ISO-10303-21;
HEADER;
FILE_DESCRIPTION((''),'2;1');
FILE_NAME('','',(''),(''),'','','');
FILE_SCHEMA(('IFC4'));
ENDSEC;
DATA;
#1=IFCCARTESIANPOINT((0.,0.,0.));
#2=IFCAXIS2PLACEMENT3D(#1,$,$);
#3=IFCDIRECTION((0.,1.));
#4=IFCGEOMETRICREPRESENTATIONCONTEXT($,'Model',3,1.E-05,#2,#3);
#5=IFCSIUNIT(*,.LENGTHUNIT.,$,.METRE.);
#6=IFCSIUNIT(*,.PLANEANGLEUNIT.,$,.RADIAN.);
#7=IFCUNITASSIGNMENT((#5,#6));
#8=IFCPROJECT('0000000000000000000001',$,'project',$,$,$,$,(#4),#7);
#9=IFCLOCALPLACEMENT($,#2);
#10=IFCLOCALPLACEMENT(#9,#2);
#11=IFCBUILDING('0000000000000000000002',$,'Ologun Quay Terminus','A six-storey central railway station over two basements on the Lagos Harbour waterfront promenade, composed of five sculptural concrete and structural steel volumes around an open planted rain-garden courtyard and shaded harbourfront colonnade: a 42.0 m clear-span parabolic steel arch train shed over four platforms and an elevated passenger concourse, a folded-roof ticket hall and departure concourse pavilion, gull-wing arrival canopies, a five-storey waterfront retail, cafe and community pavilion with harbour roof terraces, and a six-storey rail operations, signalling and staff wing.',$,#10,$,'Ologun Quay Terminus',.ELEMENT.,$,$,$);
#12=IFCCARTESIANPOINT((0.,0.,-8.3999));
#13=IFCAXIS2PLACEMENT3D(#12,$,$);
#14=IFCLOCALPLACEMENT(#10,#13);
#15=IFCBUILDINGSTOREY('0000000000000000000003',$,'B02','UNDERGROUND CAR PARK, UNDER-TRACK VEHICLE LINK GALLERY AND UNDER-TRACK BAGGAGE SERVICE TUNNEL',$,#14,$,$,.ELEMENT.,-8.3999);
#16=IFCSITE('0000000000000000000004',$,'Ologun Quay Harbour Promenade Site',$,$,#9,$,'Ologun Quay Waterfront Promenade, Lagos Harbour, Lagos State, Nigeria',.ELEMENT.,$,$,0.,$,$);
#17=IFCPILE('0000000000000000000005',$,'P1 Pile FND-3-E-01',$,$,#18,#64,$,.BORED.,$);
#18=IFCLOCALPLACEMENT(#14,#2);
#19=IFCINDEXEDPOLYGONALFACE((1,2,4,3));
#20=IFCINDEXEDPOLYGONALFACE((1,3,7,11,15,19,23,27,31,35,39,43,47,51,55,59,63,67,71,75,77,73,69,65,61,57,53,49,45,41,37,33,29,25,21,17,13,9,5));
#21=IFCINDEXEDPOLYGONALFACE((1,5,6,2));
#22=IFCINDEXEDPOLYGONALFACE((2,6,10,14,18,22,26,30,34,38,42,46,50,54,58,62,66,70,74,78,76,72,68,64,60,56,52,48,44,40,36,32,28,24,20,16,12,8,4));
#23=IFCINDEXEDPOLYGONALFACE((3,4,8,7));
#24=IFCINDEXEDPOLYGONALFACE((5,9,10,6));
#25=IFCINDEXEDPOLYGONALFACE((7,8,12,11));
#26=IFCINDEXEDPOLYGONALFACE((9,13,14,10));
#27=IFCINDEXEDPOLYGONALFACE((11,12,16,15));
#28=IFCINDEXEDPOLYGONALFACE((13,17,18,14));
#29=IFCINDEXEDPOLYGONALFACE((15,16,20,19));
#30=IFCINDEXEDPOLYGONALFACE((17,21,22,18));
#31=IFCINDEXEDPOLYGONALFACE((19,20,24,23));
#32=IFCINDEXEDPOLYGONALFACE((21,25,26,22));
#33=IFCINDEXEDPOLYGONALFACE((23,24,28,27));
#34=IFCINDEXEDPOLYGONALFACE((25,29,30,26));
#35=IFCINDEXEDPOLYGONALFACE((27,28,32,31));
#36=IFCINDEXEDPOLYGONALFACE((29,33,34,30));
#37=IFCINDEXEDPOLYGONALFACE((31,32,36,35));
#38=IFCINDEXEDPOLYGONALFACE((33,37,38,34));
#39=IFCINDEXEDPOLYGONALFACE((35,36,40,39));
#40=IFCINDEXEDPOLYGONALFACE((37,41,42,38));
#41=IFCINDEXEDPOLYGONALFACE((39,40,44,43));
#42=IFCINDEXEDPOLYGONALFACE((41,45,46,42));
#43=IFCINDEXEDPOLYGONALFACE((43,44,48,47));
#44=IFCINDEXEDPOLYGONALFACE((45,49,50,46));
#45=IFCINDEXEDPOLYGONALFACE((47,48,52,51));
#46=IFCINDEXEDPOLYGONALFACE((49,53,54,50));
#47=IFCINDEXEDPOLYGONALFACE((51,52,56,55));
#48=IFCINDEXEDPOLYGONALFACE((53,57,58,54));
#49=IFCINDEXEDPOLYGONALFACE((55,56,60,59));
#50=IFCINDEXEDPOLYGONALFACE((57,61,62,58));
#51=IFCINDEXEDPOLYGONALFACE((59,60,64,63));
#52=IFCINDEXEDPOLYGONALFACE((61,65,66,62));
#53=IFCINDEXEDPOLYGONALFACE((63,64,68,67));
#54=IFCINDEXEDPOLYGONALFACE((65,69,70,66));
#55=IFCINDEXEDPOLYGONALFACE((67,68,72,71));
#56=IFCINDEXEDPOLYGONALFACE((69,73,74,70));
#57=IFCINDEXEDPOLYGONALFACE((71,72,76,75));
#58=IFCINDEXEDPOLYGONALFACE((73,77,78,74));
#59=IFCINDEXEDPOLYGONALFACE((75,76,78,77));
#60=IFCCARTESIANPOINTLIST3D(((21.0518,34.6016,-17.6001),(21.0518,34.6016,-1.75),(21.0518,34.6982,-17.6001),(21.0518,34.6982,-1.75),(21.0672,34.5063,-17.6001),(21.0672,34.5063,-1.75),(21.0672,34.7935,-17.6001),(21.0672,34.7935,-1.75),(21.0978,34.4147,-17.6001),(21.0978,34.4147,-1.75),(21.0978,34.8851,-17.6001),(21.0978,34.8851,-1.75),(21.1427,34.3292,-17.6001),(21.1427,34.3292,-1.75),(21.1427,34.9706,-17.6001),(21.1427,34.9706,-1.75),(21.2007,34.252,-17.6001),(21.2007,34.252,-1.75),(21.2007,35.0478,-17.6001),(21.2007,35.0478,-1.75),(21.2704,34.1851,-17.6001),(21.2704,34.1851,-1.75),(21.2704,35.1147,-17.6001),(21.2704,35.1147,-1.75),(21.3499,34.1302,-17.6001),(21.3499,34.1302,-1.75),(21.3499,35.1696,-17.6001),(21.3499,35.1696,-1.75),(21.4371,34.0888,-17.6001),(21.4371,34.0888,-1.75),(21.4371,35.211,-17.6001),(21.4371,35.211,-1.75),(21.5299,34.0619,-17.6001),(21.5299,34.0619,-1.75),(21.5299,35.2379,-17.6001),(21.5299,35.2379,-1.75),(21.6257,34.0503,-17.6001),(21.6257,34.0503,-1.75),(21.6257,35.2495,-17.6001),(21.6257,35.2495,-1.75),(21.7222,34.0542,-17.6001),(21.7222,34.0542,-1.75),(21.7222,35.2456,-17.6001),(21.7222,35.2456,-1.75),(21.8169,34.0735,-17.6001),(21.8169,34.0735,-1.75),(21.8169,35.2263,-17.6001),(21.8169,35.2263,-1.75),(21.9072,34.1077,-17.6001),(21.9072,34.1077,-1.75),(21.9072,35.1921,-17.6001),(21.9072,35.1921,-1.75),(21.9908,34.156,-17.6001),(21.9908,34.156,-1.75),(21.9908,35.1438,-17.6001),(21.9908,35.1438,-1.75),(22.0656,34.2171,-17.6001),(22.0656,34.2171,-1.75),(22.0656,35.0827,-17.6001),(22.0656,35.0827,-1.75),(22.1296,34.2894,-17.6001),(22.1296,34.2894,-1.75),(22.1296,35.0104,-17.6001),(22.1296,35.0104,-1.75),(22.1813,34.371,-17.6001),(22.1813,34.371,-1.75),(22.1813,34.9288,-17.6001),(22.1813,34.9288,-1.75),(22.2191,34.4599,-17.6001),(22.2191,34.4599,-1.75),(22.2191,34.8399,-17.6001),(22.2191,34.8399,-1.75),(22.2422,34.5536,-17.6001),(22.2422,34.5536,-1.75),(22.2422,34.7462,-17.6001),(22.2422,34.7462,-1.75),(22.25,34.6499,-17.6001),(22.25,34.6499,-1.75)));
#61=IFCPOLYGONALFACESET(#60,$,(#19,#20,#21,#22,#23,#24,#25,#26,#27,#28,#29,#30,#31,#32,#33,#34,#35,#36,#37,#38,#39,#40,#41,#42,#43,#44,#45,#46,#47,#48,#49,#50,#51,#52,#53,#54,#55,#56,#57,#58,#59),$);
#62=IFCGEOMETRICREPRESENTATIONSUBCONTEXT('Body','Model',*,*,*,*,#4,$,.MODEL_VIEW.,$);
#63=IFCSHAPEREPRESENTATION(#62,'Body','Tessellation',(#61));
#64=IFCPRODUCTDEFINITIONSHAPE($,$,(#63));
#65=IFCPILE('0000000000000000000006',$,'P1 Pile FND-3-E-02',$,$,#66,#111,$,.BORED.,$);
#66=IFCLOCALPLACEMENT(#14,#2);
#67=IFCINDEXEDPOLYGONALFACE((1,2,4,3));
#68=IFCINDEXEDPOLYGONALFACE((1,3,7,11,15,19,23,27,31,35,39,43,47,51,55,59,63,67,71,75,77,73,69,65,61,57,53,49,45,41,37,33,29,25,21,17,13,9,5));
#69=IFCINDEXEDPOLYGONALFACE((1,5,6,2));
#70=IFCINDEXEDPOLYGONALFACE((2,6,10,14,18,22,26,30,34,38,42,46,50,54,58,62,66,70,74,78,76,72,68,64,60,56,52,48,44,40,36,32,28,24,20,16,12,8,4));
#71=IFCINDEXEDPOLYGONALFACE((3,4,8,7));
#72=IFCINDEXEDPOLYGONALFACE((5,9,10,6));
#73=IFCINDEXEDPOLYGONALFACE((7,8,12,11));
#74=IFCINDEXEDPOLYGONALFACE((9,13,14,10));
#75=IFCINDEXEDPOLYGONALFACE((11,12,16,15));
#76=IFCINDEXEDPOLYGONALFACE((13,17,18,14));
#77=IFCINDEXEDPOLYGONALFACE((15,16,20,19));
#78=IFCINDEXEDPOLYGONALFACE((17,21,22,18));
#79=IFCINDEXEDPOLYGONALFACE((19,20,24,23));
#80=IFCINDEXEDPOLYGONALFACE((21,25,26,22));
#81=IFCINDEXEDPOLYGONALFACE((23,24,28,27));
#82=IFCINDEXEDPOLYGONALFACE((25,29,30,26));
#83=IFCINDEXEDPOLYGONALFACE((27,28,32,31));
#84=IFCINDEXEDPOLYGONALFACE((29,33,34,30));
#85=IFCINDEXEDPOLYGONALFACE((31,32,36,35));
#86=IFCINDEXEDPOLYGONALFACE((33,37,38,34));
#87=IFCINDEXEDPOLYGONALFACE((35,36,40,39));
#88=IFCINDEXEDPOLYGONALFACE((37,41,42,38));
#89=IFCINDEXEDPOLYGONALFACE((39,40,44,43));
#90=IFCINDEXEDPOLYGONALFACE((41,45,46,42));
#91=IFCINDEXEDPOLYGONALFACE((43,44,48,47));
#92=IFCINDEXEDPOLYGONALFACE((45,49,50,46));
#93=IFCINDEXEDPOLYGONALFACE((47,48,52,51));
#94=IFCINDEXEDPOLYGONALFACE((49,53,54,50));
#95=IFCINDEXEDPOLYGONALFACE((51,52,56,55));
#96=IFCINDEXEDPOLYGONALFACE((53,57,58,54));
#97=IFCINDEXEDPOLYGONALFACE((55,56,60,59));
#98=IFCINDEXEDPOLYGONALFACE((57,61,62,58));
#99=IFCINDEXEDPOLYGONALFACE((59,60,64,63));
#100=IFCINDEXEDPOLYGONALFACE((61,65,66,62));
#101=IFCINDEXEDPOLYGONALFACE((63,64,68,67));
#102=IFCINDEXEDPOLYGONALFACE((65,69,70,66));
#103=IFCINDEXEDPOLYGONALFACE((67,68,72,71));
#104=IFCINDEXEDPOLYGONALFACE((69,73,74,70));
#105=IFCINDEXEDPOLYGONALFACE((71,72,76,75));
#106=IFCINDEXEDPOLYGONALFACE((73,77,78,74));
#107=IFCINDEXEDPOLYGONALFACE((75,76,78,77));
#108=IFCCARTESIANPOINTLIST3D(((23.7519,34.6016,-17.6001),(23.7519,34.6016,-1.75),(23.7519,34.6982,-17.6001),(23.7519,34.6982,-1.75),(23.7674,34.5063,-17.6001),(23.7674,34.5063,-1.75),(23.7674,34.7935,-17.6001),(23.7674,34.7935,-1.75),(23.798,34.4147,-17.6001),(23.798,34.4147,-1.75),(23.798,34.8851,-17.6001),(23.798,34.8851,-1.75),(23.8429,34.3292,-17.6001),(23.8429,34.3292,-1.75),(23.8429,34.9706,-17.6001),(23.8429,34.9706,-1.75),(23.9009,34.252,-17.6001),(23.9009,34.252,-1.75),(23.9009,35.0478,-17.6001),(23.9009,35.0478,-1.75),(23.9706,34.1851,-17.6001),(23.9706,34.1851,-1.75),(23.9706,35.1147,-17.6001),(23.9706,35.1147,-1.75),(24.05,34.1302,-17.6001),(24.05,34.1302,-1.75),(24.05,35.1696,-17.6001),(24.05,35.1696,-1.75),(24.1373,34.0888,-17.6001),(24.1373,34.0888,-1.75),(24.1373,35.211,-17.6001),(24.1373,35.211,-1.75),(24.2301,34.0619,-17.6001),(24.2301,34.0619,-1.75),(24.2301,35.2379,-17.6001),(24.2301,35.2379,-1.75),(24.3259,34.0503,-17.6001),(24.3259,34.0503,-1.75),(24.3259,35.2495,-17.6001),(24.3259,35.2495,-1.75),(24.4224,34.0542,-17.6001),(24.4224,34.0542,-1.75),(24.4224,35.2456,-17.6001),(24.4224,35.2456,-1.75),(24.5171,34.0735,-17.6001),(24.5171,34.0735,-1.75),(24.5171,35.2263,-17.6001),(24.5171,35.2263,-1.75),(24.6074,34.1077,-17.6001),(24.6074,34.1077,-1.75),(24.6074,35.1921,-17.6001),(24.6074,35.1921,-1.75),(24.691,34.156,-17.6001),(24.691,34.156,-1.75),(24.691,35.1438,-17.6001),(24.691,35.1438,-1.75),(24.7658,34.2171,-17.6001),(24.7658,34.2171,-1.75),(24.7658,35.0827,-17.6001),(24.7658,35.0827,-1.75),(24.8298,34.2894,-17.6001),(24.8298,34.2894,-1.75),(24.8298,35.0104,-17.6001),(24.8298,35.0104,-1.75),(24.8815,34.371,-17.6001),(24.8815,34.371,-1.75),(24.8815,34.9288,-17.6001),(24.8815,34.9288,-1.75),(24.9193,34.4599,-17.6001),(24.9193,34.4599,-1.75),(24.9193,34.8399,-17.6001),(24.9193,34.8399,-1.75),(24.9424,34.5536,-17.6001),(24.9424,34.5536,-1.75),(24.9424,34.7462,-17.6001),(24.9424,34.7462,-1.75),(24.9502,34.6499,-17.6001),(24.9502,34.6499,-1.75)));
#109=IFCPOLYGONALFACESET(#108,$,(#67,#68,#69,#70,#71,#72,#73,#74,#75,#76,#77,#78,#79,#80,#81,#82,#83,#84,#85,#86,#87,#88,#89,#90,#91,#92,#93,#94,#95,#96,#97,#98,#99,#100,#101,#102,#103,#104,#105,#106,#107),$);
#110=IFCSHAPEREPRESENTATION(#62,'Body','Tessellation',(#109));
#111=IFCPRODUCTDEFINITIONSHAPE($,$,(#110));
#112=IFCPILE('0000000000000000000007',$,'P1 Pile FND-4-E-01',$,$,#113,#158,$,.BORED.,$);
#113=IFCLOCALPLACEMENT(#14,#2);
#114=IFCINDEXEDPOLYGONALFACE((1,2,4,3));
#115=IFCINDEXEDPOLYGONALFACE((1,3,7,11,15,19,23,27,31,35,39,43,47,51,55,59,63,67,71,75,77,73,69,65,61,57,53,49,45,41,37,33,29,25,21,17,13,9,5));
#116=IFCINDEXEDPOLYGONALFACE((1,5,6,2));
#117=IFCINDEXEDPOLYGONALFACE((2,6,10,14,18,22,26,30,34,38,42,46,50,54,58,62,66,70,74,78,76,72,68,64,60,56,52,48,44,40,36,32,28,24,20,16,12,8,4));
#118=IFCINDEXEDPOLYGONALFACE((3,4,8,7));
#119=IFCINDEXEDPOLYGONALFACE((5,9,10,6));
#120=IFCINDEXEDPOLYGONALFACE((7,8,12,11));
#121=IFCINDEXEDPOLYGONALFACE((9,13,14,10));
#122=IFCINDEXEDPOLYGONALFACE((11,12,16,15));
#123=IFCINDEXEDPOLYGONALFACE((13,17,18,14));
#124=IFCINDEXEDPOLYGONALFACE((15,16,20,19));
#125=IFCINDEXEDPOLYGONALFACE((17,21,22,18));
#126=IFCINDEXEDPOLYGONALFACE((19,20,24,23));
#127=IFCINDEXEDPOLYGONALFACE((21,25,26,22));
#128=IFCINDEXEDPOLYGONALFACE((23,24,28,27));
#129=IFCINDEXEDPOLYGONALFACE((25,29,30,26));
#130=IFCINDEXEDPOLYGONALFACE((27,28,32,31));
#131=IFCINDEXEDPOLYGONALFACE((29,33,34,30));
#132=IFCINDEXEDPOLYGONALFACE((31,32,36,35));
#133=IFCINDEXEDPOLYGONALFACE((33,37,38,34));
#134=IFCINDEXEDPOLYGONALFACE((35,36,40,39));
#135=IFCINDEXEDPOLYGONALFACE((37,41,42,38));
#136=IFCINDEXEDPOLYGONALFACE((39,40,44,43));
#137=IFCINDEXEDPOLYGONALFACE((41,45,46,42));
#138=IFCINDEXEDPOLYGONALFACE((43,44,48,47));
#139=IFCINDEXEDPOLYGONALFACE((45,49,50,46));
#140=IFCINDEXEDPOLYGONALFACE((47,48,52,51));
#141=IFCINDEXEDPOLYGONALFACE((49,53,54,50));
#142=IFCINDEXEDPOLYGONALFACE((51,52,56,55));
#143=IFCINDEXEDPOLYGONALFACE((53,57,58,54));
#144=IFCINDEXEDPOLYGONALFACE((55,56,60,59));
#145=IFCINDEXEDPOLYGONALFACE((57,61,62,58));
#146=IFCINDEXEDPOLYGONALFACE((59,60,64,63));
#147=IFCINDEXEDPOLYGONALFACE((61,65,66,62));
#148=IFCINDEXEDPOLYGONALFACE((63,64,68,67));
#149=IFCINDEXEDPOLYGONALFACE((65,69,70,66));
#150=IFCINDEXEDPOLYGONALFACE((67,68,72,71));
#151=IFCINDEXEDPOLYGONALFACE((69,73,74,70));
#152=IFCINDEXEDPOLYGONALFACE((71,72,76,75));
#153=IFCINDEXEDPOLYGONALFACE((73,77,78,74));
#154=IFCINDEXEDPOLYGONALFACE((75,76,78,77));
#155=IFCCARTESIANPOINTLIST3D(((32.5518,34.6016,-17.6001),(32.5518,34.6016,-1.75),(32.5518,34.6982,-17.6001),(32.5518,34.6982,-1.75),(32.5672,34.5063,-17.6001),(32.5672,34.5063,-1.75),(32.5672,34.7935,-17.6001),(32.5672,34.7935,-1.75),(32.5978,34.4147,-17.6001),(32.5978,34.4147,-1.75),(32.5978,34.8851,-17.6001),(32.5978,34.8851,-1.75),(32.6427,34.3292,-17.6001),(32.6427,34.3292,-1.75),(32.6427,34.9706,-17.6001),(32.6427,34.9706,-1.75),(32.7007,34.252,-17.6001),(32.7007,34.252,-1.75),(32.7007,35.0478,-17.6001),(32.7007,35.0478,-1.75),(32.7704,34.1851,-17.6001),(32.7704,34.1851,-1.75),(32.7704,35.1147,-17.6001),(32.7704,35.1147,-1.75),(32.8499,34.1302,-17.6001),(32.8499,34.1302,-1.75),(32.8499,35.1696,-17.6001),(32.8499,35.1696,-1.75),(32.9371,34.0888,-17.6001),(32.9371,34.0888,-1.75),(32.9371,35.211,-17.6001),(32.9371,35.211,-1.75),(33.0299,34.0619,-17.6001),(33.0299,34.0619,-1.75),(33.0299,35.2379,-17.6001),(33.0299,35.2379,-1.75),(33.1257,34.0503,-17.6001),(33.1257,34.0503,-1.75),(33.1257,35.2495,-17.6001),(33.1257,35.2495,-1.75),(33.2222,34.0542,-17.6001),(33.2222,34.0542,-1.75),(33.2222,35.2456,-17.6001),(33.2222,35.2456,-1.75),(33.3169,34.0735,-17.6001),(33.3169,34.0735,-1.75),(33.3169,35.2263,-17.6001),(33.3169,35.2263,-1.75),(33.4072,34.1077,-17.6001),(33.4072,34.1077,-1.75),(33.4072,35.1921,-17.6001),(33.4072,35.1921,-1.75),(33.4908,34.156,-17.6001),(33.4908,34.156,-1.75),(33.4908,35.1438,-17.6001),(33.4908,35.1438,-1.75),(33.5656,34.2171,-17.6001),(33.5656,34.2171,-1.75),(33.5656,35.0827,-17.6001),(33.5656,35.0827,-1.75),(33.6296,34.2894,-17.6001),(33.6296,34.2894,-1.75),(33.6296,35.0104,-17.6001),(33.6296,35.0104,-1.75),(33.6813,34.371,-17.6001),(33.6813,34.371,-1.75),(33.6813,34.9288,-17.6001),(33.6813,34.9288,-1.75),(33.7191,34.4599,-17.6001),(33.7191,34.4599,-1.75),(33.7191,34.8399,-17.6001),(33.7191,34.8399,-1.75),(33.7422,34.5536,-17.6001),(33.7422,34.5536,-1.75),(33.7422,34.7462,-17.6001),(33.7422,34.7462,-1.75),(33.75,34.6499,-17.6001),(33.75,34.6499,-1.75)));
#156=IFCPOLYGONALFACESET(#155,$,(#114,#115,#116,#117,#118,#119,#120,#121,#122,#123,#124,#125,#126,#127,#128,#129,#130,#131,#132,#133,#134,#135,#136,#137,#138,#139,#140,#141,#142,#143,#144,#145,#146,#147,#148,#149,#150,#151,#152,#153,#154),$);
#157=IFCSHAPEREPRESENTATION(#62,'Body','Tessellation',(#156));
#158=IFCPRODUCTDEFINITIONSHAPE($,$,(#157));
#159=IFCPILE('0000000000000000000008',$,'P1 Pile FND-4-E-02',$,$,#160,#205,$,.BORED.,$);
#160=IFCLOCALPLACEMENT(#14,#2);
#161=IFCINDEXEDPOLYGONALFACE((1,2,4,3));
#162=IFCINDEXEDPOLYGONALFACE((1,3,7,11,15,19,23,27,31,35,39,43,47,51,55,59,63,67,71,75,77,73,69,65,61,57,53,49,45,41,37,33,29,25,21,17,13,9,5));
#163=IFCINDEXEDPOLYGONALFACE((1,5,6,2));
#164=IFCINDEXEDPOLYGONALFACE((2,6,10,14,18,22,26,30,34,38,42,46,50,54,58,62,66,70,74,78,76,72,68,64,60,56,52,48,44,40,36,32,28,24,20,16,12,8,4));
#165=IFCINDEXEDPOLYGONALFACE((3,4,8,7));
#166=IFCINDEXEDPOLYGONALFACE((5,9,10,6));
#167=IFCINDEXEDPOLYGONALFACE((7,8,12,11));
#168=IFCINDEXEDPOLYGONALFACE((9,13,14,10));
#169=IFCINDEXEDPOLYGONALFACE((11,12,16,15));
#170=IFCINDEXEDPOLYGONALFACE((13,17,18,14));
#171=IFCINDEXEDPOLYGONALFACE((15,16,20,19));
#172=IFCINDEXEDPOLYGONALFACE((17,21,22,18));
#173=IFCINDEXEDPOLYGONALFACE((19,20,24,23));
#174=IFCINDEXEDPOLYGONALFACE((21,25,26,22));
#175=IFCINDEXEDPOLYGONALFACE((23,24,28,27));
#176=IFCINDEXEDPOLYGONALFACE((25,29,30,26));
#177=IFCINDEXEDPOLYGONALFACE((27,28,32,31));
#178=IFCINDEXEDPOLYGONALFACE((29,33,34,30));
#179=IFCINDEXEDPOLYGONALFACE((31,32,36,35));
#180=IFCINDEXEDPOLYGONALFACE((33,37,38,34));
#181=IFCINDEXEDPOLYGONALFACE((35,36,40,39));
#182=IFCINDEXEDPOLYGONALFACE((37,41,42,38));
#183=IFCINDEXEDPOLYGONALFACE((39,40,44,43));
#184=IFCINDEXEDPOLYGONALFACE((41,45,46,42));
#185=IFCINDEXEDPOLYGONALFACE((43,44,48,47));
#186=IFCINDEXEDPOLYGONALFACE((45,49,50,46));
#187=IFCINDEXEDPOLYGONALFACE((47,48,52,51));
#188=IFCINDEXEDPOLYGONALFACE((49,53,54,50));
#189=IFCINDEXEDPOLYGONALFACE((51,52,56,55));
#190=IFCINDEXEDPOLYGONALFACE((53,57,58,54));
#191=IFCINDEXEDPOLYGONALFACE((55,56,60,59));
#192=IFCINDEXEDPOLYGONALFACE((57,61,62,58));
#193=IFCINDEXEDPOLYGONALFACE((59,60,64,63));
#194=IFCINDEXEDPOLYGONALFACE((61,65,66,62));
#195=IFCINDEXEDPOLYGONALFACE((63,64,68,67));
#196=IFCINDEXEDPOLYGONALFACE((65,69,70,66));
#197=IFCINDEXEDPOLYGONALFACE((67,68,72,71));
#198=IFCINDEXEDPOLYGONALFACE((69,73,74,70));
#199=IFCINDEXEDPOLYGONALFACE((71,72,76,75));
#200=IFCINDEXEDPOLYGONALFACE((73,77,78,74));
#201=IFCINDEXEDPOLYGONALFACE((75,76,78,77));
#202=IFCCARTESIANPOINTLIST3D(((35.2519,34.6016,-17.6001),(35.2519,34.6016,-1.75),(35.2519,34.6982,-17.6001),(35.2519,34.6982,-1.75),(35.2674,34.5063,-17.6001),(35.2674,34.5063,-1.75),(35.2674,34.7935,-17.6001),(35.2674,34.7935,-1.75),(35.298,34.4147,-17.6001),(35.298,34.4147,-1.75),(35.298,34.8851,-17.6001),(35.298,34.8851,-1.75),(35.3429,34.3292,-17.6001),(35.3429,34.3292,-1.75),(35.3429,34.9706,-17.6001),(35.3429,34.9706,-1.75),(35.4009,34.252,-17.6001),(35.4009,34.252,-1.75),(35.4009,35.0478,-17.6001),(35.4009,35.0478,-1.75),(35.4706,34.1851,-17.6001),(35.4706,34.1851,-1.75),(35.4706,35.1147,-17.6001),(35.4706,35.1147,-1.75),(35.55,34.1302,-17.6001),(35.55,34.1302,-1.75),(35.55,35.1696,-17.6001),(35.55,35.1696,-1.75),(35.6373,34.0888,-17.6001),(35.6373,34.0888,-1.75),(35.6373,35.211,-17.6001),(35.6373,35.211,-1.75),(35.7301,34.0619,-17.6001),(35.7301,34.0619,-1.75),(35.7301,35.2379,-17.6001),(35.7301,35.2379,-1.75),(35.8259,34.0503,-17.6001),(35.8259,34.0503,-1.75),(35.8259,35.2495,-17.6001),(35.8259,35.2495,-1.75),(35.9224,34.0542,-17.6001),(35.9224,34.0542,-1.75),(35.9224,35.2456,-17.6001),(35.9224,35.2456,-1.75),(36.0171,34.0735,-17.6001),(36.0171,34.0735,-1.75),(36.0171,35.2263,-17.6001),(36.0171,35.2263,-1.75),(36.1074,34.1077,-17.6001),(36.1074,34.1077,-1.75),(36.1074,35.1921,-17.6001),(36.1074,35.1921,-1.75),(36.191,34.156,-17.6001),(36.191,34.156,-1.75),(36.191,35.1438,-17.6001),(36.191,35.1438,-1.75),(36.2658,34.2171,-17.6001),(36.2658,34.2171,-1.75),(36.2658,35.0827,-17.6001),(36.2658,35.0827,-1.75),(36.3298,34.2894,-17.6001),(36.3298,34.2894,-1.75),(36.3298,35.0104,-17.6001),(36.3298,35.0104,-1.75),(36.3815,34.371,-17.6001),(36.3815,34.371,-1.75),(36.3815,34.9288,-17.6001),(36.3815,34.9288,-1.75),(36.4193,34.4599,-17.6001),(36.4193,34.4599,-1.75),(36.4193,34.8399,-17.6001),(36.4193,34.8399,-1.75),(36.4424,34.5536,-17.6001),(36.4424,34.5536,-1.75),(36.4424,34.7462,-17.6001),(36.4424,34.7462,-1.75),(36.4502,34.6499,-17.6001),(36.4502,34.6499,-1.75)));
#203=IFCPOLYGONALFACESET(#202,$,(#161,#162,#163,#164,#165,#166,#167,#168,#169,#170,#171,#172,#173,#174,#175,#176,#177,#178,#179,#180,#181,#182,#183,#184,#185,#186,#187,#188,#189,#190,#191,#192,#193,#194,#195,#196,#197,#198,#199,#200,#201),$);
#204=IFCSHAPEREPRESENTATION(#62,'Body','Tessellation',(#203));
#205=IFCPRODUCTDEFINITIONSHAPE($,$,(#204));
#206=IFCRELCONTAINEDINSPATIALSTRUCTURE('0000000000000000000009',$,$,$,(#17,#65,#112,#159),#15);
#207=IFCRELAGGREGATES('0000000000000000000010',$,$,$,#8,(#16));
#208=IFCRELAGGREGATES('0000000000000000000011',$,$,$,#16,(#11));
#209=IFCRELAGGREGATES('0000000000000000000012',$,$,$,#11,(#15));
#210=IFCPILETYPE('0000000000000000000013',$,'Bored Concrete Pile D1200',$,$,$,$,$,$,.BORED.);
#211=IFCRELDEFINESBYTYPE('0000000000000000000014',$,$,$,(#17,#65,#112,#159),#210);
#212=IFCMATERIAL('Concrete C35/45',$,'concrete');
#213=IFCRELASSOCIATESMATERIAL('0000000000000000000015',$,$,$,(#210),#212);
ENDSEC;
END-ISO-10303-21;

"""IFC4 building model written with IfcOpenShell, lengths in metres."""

from ifc_helpers import new_model, si_unit, direction, frame, origin, origin_2d, place, context, subcontext, project, spatial, circle, extrude, material, material_profile, profile_set, type_object, element, save


model = new_model("IFC4")

# Units and contexts
model_context = context("Model", 3, precision=1e-05, world=origin(), true_north=direction((0.0, 1.0)))
body_context = subcontext(model_context, "Body", "Model", "MODEL_VIEW")
ifc_project = project(units=[si_unit("LENGTHUNIT", "METRE"), si_unit("PLANEANGLEUNIT", "RADIAN")], contexts=[model_context])

# Site, building, storey
site_placement = place(None, origin())
site = spatial("IfcSite", under=ifc_project, at=site_placement, Name="Ologun Quay Harbour Promenade Site", LongName="Ologun Quay Waterfront Promenade, Lagos Harbour, Lagos State, Nigeria", CompositionType="ELEMENT", RefElevation=0.0)
building_placement = place(site_placement, origin())
building = spatial("IfcBuilding", under=site, at=building_placement, Name="Ologun Quay Terminus", Description="A six-storey central railway station over two basements on the Lagos Harbour waterfront promenade, composed of five sculptural concrete and structural steel volumes around an open planted rain-garden courtyard and shaded harbourfront colonnade: a 42.0 m clear-span parabolic steel arch train shed over four platforms and an elevated passenger concourse, a folded-roof ticket hall and departure concourse pavilion, gull-wing arrival canopies, a five-storey waterfront retail, cafe and community pavilion with harbour roof terraces, and a six-storey rail operations, signalling and staff wing.", LongName="Ologun Quay Terminus", CompositionType="ELEMENT")
storey_placement = place(building_placement, frame((0.0, 0.0, -8.3999)))
storey = spatial("IfcBuildingStorey", under=building, at=storey_placement, Name="B02", Description="UNDERGROUND CAR PARK, UNDER-TRACK VEHICLE LINK GALLERY AND UNDER-TRACK BAGGAGE SERVICE TUNNEL", CompositionType="ELEMENT", Elevation=-8.3999)

# Piles
ifc_material_1 = material(Name="Concrete C35/45", Category="concrete")
ifc_material_profile_1 = material_profile(ifc_material_1, circle(Radius=0.6001, at=origin_2d()), Name="PILE D1200")
ifc_profile_set_1 = profile_set([ifc_material_profile_1], Name="Concrete C35/45")
pile_type_1 = type_object("IfcPileType", Name="Bored Concrete Pile D1200", PredefinedType="BORED", material=ifc_profile_set_1)
for number, where, z_axis, x_axis, name in (
    (1, (21.6499, 34.6499, -1.75), (0.0, 0.0, -1.0), (1.0, 0.0, 0.0), "P1 Pile FND-3-E-01"),
    (2, (24.3501, 34.6499, -1.75), (0.0, 0.0, -1.0), (1.0, 0.0, 0.0), "P1 Pile FND-3-E-02"),
    (3, (33.1499, 34.6499, -1.75), (0.0, 0.0, -1.0), (1.0, 0.0, 0.0), "P1 Pile FND-4-E-01"),
    (4, (35.8501, 34.6499, -1.75), (0.0, 0.0, -1.0), (1.0, 0.0, 0.0), "P1 Pile FND-4-E-02"),
):
    element("IfcPile", number, at=place(storey_placement, frame(where, z_axis=z_axis, x_axis=x_axis)), inside=storey, type_object=pile_type_1, Name=name, PredefinedType="BORED", context=body_context, shape_type="SweptSolid", body=[
        extrude(circle(Radius=0.6001, at=origin_2d()), origin(), (0.0, 0.0, 1.0), 15.8501),
    ])

save(model, "model.ifc")
